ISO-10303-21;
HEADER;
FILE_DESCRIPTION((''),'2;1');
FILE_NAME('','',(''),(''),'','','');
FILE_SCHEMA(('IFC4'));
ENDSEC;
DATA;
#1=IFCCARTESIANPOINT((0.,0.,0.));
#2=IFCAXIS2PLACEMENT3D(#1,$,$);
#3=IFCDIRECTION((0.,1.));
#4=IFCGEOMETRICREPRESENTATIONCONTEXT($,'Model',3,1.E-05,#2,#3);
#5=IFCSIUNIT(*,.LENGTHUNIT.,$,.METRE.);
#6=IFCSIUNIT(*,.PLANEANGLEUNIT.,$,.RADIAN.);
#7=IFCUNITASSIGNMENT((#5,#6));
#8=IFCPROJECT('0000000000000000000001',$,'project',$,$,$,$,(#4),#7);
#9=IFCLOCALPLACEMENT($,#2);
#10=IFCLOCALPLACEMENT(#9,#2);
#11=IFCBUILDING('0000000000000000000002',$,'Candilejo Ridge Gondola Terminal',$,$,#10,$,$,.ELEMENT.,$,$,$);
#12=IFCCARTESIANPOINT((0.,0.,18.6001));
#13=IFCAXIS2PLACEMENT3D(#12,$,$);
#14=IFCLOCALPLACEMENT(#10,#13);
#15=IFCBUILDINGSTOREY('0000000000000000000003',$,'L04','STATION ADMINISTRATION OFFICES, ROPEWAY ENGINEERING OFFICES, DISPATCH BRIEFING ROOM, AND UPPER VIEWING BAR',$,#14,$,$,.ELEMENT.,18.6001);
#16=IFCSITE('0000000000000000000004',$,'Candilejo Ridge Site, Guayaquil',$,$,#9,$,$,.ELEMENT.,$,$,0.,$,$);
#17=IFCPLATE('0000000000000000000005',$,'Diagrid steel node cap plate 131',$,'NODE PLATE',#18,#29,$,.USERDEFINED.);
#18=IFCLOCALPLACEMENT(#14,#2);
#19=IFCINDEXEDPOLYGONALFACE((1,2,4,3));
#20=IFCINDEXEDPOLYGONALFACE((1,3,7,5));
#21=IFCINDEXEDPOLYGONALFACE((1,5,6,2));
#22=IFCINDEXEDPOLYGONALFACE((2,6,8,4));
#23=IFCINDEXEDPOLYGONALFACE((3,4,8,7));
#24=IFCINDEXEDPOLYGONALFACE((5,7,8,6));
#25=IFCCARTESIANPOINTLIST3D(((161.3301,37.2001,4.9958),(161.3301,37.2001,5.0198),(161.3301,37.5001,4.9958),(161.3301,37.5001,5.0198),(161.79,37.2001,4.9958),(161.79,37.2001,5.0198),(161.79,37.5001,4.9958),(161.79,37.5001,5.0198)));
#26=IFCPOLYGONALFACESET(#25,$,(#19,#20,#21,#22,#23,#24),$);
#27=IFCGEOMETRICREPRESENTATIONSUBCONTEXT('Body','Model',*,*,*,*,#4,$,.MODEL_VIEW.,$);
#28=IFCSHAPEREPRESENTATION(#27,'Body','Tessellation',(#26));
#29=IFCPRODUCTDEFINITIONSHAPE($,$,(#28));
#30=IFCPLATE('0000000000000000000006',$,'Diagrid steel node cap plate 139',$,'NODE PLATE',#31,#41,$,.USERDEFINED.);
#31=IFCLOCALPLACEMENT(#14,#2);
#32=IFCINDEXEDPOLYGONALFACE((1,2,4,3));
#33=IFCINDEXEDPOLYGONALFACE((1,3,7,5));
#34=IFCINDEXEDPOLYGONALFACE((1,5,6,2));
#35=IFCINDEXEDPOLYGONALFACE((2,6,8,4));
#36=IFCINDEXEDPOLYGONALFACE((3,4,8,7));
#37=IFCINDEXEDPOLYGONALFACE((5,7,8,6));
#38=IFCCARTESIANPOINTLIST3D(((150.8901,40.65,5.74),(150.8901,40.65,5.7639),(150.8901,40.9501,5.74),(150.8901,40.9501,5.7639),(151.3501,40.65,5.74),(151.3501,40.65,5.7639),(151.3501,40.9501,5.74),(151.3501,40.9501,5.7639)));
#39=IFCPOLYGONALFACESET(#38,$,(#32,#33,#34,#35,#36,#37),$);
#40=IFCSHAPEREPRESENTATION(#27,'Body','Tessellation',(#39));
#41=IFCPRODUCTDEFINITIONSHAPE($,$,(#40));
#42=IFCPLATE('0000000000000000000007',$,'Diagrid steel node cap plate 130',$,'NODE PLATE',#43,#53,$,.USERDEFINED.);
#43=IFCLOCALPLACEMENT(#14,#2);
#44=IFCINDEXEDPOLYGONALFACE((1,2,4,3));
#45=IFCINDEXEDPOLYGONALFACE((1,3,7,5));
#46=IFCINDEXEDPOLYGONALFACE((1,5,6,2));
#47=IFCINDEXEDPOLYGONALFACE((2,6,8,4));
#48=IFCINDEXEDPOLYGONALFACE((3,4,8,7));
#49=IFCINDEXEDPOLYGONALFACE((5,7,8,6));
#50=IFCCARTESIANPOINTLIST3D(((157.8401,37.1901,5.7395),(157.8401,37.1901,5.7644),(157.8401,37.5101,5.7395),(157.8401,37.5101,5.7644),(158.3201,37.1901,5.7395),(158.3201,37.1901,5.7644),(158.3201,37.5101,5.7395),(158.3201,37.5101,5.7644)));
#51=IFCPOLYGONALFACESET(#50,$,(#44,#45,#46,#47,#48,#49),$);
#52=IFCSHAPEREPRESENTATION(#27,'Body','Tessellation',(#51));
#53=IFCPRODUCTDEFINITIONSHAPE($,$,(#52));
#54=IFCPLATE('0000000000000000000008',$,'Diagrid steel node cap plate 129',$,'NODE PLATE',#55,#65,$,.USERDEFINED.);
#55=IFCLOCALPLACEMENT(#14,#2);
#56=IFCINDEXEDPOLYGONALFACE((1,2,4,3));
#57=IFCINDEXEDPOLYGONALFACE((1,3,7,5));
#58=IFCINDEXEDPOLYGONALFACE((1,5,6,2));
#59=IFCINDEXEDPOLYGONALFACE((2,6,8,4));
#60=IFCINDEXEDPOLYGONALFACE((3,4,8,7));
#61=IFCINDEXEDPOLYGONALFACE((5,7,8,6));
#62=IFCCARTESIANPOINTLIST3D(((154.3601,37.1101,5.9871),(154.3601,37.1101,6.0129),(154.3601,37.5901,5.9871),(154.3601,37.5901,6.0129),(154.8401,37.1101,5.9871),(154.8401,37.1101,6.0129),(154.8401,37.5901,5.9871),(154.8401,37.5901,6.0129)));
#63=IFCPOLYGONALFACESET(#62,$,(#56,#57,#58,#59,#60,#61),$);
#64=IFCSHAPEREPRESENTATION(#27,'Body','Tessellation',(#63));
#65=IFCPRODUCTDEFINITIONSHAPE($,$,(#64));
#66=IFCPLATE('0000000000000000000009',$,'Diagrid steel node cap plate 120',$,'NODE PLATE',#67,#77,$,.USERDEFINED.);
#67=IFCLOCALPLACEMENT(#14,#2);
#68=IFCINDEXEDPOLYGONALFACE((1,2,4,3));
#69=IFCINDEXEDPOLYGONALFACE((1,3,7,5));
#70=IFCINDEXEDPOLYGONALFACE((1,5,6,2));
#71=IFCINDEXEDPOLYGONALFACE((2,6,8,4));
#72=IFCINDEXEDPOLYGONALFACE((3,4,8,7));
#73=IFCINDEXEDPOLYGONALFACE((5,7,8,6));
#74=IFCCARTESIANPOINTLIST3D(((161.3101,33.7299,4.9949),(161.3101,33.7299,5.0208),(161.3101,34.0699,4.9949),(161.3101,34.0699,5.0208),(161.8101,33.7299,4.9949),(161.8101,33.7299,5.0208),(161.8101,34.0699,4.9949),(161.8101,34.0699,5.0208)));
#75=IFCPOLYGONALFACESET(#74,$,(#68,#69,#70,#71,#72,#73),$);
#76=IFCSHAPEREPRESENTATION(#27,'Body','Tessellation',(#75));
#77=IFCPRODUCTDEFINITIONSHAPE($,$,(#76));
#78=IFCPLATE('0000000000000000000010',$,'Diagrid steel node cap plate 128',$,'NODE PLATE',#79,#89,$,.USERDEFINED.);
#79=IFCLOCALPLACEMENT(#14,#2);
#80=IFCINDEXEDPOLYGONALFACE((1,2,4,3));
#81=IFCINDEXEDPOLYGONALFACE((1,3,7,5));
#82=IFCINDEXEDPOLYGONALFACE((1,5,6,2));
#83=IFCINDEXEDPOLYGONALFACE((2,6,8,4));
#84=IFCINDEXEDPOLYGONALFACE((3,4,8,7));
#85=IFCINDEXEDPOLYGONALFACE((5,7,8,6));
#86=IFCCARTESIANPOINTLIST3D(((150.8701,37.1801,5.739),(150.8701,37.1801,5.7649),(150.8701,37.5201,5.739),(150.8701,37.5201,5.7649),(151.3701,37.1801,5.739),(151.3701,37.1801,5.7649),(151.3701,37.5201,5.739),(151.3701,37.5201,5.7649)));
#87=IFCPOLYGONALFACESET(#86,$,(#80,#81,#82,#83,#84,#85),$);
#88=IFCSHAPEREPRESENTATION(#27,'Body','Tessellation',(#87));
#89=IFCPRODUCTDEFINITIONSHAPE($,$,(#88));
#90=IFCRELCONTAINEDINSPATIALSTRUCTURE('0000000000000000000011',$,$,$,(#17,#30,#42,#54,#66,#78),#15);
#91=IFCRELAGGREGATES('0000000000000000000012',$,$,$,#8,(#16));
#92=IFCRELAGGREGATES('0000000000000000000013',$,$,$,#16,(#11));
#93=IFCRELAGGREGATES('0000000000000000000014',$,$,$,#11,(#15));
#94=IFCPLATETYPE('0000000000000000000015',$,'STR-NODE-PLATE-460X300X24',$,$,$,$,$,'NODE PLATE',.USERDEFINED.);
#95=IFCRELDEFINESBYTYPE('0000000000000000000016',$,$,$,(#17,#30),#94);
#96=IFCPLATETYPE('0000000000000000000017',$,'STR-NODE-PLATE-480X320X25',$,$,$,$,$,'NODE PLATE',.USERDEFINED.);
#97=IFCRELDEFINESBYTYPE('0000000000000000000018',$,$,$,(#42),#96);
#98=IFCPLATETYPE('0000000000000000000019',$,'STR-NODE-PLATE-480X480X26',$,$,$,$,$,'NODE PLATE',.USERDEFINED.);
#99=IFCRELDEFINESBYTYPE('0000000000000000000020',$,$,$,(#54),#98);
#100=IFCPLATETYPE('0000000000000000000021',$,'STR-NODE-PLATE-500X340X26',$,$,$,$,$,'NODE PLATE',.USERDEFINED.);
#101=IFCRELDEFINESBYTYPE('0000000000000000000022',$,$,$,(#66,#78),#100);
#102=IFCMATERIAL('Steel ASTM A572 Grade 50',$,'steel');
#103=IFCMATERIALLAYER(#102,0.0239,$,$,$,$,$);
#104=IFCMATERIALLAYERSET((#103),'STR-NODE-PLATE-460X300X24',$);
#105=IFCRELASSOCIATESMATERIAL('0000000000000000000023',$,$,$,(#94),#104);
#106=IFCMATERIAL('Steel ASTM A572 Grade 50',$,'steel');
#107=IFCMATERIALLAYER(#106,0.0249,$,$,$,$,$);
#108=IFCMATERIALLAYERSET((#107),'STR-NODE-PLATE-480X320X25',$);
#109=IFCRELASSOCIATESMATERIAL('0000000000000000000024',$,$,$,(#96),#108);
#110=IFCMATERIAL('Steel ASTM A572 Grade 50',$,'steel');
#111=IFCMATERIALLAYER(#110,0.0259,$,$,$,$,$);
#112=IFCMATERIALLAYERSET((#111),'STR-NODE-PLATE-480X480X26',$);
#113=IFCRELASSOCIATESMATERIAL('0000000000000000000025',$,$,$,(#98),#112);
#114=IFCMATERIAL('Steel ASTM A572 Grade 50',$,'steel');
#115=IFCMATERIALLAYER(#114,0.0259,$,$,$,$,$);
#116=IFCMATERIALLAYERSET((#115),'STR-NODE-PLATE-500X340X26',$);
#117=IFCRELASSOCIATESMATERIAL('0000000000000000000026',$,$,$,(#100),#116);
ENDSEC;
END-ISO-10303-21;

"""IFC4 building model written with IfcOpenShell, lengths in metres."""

from ifc_helpers import new_model, si_unit, direction, frame, origin, origin_2d, place, context, subcontext, project, spatial, rectangle, extrude, material, layer, layer_set, type_object, element, save


model = new_model("IFC4")

# Units and contexts
model_context = context("Model", 3, precision=1e-05, world=origin(), true_north=direction((0.0, 1.0)))
body_context = subcontext(model_context, "Body", "Model", "MODEL_VIEW")
ifc_project = project(units=[si_unit("LENGTHUNIT", "METRE"), si_unit("PLANEANGLEUNIT", "RADIAN")], contexts=[model_context])

# Site, building, storey
site_placement = place(None, origin())
site = spatial("IfcSite", under=ifc_project, at=site_placement, Name="Candilejo Ridge Site, Guayaquil", CompositionType="ELEMENT", RefElevation=0.0)
building_placement = place(site_placement, origin())
building = spatial("IfcBuilding", under=site, at=building_placement, Name="Candilejo Ridge Gondola Terminal", CompositionType="ELEMENT")
storey_placement = place(building_placement, frame((0.0, 0.0, 18.6001)))
storey = spatial("IfcBuildingStorey", under=building, at=storey_placement, Name="L04", Description="STATION ADMINISTRATION OFFICES, ROPEWAY ENGINEERING OFFICES, DISPATCH BRIEFING ROOM, AND UPPER VIEWING BAR", CompositionType="ELEMENT", Elevation=18.6001)

# Plates
ifc_material_1 = material(Name="Steel ASTM A572 Grade 50", Category="steel")
ifc_layer_1 = layer(ifc_material_1, 0.0239)
ifc_layer_set_1 = layer_set([ifc_layer_1], Name="STR-NODE-PLATE-460X300X24")
plate_type_1 = type_object("IfcPlateType", Name="STR-NODE-PLATE-460X300X24", ElementType="NODE PLATE", PredefinedType="USERDEFINED", material=ifc_layer_set_1)
for number, where, z_axis, x_axis, name in (
    (1, (161.5601, 37.3501, 4.9958), (0.0, 0.0, 1.0), (1.0, 0.0, 0.0), "Diagrid steel node cap plate 131"),
    (2, (151.1201, 40.8, 5.74), (0.0, 0.0, 1.0), (1.0, 0.0, 0.0), "Diagrid steel node cap plate 139"),
):
    element("IfcPlate", number, at=place(storey_placement, frame(where, z_axis=z_axis, x_axis=x_axis)), inside=storey, type_object=plate_type_1, Name=name, ObjectType="NODE PLATE", PredefinedType="USERDEFINED", context=body_context, shape_type="SweptSolid", body=[
        extrude(rectangle(XDim=0.46, YDim=0.3, at=origin_2d()), origin(), (0.0, 0.0, 1.0), 0.0239),
    ])
ifc_material_2 = material(Name="Steel ASTM A572 Grade 50", Category="steel")
ifc_layer_2 = layer(ifc_material_2, 0.0249)
ifc_layer_set_2 = layer_set([ifc_layer_2], Name="STR-NODE-PLATE-480X320X25")
plate_type_2 = type_object("IfcPlateType", Name="STR-NODE-PLATE-480X320X25", ElementType="NODE PLATE", PredefinedType="USERDEFINED", material=ifc_layer_set_2)
plate_1_placement = place(storey_placement, frame((158.0801, 37.3501, 5.7395), z_axis=(0.0, 0.0, 1.0), x_axis=(1.0, 0.0, 0.0)))
element("IfcPlate", 3, at=plate_1_placement, inside=storey, type_object=plate_type_2, Name="Diagrid steel node cap plate 130", ObjectType="NODE PLATE", PredefinedType="USERDEFINED", context=body_context, shape_type="SweptSolid", body=[
    extrude(rectangle(XDim=0.48, YDim=0.3201, at=origin_2d()), origin(), (0.0, 0.0, 1.0), 0.0249),
])
ifc_material_3 = material(Name="Steel ASTM A572 Grade 50", Category="steel")
ifc_layer_3 = layer(ifc_material_3, 0.0259)
ifc_layer_set_3 = layer_set([ifc_layer_3], Name="STR-NODE-PLATE-480X480X26")
plate_type_3 = type_object("IfcPlateType", Name="STR-NODE-PLATE-480X480X26", ElementType="NODE PLATE", PredefinedType="USERDEFINED", material=ifc_layer_set_3)
plate_2_placement = place(storey_placement, frame((154.6001, 37.3501, 5.9871), z_axis=(0.0, 0.0, 1.0), x_axis=(1.0, 0.0, 0.0)))
element("IfcPlate", 4, at=plate_2_placement, inside=storey, type_object=plate_type_3, Name="Diagrid steel node cap plate 129", ObjectType="NODE PLATE", PredefinedType="USERDEFINED", context=body_context, shape_type="SweptSolid", body=[
    extrude(rectangle(XDim=0.48, YDim=0.48, at=origin_2d()), origin(), (0.0, 0.0, 1.0), 0.0259),
])
ifc_material_4 = material(Name="Steel ASTM A572 Grade 50", Category="steel")
ifc_layer_4 = layer(ifc_material_4, 0.0259)
ifc_layer_set_4 = layer_set([ifc_layer_4], Name="STR-NODE-PLATE-500X340X26")
plate_type_4 = type_object("IfcPlateType", Name="STR-NODE-PLATE-500X340X26", ElementType="NODE PLATE", PredefinedType="USERDEFINED", material=ifc_layer_set_4)
for number, where, z_axis, x_axis, name in (
    (5, (161.5601, 33.8999, 4.9949), (0.0, 0.0, 1.0), (1.0, 0.0, 0.0), "Diagrid steel node cap plate 120"),
    (6, (151.1201, 37.3501, 5.739), (0.0, 0.0, 1.0), (1.0, 0.0, 0.0), "Diagrid steel node cap plate 128"),
):
    element("IfcPlate", number, at=place(storey_placement, frame(where, z_axis=z_axis, x_axis=x_axis)), inside=storey, type_object=plate_type_4, Name=name, ObjectType="NODE PLATE", PredefinedType="USERDEFINED", context=body_context, shape_type="SweptSolid", body=[
        extrude(rectangle(XDim=0.5, YDim=0.3401, at=origin_2d()), origin(), (0.0, 0.0, 1.0), 0.0259),
    ])

save(model, "model.ifc")
